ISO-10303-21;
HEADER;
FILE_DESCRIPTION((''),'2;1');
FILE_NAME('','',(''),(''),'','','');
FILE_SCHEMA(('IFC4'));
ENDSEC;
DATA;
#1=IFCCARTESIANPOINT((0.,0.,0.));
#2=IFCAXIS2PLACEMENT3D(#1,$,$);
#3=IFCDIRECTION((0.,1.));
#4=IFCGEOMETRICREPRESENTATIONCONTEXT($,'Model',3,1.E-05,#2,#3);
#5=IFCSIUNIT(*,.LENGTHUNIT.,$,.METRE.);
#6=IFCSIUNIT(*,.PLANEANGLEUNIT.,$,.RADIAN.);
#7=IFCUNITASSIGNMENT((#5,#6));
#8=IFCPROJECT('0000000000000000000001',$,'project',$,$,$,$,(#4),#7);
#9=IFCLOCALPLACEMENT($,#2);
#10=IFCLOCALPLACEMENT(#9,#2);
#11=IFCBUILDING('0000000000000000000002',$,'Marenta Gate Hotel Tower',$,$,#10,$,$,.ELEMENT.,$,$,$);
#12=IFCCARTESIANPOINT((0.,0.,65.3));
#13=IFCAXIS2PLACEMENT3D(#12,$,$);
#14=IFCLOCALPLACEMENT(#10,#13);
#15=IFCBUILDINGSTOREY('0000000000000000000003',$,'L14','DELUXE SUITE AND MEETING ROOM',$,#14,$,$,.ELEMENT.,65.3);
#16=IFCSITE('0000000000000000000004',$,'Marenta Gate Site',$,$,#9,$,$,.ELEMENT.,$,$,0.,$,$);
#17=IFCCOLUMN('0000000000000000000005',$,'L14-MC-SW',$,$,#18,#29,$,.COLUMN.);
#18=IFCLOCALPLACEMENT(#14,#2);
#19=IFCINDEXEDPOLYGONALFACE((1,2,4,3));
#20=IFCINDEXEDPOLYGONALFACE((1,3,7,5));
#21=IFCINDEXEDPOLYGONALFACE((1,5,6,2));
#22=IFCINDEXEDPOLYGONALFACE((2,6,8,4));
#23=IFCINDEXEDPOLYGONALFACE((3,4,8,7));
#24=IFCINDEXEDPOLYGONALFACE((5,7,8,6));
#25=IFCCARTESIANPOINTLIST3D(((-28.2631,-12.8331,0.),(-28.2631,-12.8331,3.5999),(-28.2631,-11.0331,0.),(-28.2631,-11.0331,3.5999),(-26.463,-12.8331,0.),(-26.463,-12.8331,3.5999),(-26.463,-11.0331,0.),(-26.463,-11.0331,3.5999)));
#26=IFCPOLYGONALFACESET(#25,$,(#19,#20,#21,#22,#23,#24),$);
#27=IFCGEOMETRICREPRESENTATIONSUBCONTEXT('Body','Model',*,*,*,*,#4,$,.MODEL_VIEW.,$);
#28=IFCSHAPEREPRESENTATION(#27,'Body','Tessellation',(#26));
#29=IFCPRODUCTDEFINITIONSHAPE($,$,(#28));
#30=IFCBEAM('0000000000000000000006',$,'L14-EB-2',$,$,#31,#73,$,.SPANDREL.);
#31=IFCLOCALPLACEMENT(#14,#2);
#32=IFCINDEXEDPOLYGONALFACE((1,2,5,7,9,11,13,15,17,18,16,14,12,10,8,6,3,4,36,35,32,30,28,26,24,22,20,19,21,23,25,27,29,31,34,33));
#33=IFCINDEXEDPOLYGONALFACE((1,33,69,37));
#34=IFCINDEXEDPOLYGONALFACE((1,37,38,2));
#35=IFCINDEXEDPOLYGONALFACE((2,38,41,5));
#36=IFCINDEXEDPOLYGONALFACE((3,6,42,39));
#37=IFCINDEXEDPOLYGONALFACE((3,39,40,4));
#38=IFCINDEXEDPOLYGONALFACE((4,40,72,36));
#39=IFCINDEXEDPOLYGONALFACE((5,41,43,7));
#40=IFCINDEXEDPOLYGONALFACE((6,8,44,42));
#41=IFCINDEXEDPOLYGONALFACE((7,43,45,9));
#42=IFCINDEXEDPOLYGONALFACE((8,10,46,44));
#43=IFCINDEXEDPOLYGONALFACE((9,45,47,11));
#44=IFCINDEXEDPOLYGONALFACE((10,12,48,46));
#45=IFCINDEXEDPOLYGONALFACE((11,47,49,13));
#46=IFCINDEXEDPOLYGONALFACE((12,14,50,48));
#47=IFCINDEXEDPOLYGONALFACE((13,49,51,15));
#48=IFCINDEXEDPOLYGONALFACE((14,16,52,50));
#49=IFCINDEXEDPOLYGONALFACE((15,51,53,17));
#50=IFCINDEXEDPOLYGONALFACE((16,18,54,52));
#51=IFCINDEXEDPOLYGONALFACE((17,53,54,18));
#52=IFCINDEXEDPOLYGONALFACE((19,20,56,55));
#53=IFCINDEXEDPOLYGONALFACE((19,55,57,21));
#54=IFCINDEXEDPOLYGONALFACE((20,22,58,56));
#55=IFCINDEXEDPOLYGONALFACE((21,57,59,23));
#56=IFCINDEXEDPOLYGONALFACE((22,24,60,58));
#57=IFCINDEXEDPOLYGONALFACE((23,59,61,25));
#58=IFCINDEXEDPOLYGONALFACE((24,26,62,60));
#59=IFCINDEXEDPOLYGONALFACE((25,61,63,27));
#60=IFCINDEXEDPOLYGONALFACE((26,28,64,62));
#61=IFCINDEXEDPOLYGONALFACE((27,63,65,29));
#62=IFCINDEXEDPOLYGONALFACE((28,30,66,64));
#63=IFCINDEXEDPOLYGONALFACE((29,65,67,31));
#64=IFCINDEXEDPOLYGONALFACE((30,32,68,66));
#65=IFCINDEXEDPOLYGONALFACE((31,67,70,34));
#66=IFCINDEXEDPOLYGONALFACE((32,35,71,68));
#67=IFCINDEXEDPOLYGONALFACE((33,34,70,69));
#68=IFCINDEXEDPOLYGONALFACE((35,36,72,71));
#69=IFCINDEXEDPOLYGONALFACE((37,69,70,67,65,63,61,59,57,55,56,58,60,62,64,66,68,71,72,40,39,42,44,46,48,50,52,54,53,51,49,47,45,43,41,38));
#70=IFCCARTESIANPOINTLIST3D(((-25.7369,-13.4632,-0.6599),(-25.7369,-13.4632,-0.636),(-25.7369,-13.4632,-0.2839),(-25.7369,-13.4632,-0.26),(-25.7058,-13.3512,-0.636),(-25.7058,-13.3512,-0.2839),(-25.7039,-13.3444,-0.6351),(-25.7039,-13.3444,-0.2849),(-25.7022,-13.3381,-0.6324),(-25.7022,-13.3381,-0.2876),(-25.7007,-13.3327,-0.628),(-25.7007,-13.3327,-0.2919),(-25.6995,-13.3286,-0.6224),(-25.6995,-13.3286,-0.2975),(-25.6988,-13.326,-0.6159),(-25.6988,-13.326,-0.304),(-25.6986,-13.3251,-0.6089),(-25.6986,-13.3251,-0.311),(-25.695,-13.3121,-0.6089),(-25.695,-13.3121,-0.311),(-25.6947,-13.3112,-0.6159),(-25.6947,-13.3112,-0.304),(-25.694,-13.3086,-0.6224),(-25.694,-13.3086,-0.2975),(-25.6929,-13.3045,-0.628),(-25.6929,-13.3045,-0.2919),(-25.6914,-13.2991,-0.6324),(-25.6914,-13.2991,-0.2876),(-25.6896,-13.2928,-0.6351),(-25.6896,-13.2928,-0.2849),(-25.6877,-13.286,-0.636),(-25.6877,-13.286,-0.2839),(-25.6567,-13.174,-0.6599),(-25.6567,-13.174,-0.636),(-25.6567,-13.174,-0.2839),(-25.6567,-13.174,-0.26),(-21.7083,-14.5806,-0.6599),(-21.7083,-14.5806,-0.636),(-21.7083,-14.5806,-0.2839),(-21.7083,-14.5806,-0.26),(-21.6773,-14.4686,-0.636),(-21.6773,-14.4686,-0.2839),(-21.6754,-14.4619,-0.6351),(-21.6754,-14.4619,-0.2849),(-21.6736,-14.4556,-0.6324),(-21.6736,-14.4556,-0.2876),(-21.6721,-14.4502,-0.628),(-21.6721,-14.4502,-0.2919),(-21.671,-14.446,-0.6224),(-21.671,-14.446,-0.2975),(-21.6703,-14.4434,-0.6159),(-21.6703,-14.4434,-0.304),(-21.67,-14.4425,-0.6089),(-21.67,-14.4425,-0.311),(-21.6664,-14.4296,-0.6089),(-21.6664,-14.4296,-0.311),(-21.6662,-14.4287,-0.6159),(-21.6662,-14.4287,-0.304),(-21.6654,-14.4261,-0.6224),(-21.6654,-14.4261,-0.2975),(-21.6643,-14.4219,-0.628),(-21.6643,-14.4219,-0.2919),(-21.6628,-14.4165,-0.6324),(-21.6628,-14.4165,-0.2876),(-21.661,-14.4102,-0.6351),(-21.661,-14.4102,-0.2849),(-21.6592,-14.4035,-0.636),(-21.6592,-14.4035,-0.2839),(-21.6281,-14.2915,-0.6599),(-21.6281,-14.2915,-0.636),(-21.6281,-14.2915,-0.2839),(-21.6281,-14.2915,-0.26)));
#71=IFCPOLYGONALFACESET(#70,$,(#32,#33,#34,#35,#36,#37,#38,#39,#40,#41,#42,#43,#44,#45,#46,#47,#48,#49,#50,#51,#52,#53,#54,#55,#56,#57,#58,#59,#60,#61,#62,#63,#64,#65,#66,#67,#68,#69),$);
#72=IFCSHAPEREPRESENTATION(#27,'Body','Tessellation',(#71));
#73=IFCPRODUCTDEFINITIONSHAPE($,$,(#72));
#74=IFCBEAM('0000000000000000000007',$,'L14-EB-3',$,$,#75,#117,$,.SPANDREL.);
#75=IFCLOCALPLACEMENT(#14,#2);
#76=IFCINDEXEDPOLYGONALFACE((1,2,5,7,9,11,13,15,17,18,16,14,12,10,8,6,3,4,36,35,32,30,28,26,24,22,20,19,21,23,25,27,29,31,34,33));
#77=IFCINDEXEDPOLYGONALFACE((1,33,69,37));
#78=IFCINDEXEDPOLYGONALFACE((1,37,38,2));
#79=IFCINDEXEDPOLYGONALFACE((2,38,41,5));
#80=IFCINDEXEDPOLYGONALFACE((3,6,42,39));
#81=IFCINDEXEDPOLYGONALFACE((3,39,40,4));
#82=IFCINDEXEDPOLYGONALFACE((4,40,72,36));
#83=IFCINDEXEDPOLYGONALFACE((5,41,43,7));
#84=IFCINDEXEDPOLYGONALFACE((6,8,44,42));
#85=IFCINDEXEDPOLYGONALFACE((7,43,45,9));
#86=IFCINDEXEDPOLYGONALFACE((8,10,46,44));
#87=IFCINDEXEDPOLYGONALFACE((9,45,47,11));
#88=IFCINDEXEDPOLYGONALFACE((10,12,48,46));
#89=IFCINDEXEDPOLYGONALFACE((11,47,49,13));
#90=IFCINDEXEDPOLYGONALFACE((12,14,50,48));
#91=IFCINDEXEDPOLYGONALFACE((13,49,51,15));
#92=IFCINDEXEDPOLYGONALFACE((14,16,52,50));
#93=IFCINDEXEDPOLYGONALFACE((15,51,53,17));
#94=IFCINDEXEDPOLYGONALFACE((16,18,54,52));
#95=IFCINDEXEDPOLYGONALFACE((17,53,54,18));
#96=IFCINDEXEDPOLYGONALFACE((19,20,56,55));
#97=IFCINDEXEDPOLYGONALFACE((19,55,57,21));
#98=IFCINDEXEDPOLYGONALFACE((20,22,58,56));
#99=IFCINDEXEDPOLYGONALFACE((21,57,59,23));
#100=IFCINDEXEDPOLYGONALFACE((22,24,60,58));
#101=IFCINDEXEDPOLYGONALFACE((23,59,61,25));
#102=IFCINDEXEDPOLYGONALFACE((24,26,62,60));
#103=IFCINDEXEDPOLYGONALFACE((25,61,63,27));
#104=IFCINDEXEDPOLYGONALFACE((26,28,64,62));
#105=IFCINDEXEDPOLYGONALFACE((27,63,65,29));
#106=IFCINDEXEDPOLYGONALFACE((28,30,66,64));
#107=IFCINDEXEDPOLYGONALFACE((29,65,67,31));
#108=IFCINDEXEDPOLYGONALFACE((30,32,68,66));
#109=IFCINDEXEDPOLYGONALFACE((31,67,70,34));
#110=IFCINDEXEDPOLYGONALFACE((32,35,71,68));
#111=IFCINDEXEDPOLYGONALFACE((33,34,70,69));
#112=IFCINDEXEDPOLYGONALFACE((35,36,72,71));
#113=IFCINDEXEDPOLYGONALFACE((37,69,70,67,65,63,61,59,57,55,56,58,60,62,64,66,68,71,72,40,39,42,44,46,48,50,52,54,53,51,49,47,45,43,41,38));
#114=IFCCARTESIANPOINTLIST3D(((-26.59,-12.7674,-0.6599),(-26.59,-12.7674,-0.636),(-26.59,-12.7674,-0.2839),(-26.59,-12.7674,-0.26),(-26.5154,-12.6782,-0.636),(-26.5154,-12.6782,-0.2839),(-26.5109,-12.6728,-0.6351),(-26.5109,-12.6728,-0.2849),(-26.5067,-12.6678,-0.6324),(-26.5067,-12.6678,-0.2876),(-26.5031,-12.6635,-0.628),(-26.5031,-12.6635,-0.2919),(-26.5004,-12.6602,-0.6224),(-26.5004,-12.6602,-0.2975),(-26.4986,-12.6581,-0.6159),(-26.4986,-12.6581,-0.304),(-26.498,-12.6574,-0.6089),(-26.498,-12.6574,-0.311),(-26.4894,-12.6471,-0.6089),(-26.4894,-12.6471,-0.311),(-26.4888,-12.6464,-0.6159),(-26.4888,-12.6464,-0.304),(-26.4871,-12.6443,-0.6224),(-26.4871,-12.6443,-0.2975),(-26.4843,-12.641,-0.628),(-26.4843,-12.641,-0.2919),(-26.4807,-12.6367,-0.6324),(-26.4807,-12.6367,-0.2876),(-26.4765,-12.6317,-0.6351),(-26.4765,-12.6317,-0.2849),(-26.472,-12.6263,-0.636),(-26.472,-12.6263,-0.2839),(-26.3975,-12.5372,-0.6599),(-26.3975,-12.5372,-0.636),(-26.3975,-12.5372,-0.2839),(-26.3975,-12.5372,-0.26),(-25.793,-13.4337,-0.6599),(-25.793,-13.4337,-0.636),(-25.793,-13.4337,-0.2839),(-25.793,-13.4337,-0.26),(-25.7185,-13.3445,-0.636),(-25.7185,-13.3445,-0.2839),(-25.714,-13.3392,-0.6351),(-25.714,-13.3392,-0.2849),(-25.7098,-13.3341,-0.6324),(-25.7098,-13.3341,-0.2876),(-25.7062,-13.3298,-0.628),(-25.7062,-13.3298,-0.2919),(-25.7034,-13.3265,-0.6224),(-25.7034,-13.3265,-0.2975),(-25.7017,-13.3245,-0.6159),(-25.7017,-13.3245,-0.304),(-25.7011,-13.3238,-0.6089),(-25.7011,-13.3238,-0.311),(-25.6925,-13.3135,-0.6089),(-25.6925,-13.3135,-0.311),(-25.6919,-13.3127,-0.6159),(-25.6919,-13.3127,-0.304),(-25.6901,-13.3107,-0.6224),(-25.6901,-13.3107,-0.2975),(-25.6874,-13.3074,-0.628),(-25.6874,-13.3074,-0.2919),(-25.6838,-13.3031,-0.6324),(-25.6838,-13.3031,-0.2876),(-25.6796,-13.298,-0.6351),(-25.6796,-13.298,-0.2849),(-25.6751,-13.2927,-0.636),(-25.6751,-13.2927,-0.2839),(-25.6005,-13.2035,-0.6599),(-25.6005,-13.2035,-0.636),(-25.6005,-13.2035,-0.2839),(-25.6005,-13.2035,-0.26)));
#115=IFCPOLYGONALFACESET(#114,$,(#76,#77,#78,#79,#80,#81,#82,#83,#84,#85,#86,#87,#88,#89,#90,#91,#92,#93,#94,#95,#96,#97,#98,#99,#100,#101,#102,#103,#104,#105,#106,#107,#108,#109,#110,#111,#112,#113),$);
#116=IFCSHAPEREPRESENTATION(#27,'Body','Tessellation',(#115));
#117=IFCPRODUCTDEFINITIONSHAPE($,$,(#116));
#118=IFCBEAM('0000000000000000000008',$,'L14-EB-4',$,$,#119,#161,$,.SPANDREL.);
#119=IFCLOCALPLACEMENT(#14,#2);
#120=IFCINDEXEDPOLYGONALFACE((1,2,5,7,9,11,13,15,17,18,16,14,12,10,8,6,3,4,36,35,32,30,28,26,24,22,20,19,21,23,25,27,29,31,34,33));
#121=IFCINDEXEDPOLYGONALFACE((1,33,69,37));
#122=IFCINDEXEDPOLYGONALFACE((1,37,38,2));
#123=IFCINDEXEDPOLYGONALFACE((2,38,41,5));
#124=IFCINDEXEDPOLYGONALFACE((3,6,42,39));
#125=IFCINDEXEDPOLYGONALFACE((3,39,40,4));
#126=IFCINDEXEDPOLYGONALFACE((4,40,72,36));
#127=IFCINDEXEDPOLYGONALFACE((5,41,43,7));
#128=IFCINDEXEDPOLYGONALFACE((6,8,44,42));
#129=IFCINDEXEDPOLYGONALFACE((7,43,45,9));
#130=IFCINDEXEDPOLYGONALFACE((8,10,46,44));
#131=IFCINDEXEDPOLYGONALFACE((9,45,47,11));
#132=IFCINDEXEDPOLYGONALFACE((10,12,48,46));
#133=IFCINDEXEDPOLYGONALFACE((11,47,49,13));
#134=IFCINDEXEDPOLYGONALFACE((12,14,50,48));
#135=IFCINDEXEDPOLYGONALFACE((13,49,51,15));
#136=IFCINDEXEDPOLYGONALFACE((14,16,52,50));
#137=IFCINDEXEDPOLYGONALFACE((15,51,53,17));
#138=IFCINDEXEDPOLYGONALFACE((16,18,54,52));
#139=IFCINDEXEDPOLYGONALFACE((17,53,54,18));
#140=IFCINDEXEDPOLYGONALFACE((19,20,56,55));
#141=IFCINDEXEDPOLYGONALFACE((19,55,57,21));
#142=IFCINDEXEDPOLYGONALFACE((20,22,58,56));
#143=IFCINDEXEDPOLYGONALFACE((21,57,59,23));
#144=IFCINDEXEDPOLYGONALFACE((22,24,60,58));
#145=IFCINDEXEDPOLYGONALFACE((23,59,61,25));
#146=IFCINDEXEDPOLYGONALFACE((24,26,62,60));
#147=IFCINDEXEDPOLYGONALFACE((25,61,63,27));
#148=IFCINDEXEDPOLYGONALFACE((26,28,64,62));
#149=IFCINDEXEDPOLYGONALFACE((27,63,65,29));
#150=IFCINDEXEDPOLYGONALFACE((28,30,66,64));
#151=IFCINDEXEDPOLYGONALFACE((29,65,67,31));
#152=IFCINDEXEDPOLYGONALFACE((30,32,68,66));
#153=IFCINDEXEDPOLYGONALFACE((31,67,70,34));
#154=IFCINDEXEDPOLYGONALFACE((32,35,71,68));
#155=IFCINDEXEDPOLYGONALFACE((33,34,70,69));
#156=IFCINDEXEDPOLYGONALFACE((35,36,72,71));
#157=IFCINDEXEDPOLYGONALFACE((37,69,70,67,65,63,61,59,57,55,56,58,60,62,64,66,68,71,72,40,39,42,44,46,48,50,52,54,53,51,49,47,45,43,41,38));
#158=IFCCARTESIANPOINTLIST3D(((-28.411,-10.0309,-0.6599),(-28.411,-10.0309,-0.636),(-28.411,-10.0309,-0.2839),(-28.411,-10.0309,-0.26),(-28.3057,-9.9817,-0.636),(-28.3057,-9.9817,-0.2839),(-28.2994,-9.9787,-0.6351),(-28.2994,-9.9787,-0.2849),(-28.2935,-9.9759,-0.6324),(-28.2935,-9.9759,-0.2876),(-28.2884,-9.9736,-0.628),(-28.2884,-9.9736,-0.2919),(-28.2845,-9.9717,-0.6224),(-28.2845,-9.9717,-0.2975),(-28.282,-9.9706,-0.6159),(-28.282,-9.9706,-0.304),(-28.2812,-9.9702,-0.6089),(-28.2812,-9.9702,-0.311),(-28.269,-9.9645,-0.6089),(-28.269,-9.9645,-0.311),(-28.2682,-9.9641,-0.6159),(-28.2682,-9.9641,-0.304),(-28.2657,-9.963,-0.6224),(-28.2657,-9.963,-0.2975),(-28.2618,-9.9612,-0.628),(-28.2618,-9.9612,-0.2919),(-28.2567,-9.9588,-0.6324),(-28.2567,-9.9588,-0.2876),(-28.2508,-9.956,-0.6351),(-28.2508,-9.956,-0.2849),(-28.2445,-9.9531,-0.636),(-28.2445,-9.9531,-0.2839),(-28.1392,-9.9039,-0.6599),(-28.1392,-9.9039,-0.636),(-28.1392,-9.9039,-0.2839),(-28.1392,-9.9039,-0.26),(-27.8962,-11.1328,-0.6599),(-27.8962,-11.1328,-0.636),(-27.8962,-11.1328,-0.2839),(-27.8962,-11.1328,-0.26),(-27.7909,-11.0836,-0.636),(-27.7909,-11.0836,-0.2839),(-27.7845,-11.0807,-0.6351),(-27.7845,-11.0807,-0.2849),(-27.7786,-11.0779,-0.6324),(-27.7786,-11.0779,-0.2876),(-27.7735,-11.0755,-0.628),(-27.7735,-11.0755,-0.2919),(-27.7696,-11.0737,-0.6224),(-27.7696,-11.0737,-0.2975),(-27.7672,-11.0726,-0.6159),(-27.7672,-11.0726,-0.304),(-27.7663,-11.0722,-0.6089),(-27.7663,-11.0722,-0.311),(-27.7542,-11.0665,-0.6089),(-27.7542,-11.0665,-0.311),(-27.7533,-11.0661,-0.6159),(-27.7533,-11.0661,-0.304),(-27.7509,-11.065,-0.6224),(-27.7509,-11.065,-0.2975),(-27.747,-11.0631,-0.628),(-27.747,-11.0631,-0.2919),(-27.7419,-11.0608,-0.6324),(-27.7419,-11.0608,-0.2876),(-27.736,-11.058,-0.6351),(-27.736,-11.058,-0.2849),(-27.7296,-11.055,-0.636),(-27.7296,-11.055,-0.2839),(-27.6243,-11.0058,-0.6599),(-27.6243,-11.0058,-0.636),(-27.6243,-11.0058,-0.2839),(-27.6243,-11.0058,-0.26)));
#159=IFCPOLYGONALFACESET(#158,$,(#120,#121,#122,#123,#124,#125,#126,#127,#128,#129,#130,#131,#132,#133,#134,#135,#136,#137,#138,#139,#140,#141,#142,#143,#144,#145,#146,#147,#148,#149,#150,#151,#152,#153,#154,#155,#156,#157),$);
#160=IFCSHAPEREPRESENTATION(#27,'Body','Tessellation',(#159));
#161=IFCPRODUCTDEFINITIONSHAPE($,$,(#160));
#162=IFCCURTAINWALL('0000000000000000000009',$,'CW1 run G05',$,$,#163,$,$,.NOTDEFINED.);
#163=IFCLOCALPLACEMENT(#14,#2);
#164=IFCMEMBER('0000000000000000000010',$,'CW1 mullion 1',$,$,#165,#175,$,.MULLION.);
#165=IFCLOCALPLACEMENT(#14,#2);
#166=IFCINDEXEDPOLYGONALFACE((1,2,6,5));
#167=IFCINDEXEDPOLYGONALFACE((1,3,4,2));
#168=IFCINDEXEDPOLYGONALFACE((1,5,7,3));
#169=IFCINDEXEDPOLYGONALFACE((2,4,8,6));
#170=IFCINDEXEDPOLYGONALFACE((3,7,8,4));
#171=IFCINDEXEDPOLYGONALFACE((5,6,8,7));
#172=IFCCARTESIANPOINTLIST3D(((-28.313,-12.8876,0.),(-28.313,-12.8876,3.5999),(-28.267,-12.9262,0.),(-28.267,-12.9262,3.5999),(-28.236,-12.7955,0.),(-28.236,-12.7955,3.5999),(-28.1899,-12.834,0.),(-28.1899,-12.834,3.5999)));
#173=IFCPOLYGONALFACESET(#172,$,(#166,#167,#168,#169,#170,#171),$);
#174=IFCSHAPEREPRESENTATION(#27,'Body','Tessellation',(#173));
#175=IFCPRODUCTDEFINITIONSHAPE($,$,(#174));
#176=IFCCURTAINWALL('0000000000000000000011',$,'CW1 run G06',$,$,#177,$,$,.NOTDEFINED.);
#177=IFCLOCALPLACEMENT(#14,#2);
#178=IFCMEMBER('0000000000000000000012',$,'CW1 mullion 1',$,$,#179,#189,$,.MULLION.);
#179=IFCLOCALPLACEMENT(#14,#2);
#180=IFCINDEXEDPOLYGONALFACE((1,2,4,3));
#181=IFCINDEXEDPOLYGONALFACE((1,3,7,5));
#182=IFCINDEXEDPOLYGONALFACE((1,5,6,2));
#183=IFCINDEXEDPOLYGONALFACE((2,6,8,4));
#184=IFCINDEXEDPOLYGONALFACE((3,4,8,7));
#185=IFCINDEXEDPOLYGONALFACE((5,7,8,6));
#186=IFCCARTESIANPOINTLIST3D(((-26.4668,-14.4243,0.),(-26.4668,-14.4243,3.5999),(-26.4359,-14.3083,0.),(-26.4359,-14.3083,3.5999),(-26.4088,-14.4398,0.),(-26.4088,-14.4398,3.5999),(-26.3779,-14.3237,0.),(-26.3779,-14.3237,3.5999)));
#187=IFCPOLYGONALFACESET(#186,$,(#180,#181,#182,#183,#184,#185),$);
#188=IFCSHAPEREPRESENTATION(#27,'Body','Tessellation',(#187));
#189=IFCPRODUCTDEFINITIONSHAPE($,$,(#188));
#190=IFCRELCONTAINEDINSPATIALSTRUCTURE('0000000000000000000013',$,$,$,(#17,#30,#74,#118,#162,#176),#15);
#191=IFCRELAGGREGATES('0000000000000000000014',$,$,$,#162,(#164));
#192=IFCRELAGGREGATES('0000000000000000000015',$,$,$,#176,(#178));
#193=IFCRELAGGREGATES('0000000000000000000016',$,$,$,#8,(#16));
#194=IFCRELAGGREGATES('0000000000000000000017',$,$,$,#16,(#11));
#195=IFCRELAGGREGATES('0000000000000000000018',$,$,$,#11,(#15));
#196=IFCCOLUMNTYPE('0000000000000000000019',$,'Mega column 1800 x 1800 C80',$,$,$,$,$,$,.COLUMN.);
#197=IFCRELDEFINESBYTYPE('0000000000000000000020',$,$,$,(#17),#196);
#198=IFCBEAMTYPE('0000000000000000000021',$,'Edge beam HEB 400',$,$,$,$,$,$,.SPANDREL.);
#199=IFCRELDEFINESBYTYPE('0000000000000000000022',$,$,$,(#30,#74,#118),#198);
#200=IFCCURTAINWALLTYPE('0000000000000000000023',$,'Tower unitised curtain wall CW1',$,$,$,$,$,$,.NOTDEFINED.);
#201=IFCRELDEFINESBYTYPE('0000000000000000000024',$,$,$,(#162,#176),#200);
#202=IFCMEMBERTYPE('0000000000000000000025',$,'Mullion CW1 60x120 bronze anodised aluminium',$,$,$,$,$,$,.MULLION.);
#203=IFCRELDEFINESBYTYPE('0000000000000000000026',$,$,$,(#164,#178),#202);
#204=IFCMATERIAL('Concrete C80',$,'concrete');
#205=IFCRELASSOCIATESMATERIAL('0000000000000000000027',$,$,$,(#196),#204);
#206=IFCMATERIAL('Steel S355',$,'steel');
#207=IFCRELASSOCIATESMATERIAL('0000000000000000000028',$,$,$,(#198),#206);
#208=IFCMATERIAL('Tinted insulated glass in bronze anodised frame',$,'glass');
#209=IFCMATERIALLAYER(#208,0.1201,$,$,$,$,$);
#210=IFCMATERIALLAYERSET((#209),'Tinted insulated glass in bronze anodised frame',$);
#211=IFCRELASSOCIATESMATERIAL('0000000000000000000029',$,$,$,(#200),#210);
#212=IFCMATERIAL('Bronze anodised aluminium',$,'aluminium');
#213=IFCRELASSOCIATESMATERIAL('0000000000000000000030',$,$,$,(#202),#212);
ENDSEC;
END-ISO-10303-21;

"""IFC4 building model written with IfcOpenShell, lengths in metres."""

from ifc_helpers import new_model, si_unit, direction, frame, origin, origin_2d, place, context, subcontext, project, spatial, rectangle, i_section, extrude, material, layer, layer_set, material_profile, profile_set, type_object, element, aggregate, save


model = new_model("IFC4")

# Units and contexts
model_context = context("Model", 3, precision=1e-05, world=origin(), true_north=direction((0.0, 1.0)))
body_context = subcontext(model_context, "Body", "Model", "MODEL_VIEW")
ifc_project = project(units=[si_unit("LENGTHUNIT", "METRE"), si_unit("PLANEANGLEUNIT", "RADIAN")], contexts=[model_context])

# Site, building, storey
site_placement = place(None, origin())
site = spatial("IfcSite", under=ifc_project, at=site_placement, Name="Marenta Gate Site", CompositionType="ELEMENT", RefElevation=0.0)
building_placement = place(site_placement, origin())
building = spatial("IfcBuilding", under=site, at=building_placement, Name="Marenta Gate Hotel Tower", CompositionType="ELEMENT")
storey_placement = place(building_placement, frame((0.0, 0.0, 65.3)))
storey = spatial("IfcBuildingStorey", under=building, at=storey_placement, Name="L14", Description="DELUXE SUITE AND MEETING ROOM", CompositionType="ELEMENT", Elevation=65.3)

# Column
ifc_material_1 = material(Name="Concrete C80", Category="concrete")
ifc_material_profile_1 = material_profile(ifc_material_1, rectangle(XDim=1.8, YDim=1.8, at=origin_2d()), Name="1800 x 1800")
ifc_profile_set_1 = profile_set([ifc_material_profile_1], Name="Concrete C80")
column_type = type_object("IfcColumnType", Name="Mega column 1800 x 1800 C80", PredefinedType="COLUMN", material=ifc_profile_set_1)
column_placement = place(storey_placement, frame((-27.363, -11.9331, 0.0), z_axis=(0.0, 0.0, 1.0), x_axis=(1.0, 0.0, 0.0)))
element("IfcColumn", 1, at=column_placement, inside=storey, type_object=column_type, Name="L14-MC-SW", PredefinedType="COLUMN", context=body_context, shape_type="SweptSolid", body=[
    extrude(rectangle(XDim=1.8, YDim=1.8, at=origin_2d()), origin(), (0.0, 0.0, 1.0), 3.5999),
])

# Beams
ifc_material_2 = material(Name="Steel S355", Category="steel")
ifc_material_profile_2 = material_profile(ifc_material_2, i_section(OverallWidth=0.3, OverallDepth=0.3999, WebThickness=0.0134, FlangeThickness=0.0239, FilletRadius=0.0271, at=origin_2d()), Name="HEB 400")
ifc_profile_set_2 = profile_set([ifc_material_profile_2], Name="Steel S355")
beam_type = type_object("IfcBeamType", Name="Edge beam HEB 400", PredefinedType="SPANDREL", material=ifc_profile_set_2)
beam_1_placement = place(storey_placement, frame((-21.6682, -14.436, -0.46), z_axis=(-0.963617, 0.267285, 0.0), x_axis=(-0.267285, -0.963617, 0.0)))
element("IfcBeam", 2, at=beam_1_placement, inside=storey, type_object=beam_type, Name="L14-EB-2", PredefinedType="SPANDREL", context=body_context, shape_type="SweptSolid", body=[
    extrude(i_section(OverallWidth=0.3, OverallDepth=0.3999, WebThickness=0.0134, FlangeThickness=0.0239, FilletRadius=0.0271, at=origin_2d()), origin(), (0.0, 0.0, 1.0), 4.1807),
])
beam_2_placement = place(storey_placement, frame((-25.6968, -13.3186, -0.46), z_axis=(-0.76718, 0.641432, 0.0), x_axis=(-0.641432, -0.76718, 0.0)))
element("IfcBeam", 3, at=beam_2_placement, inside=storey, type_object=beam_type, Name="L14-EB-3", PredefinedType="SPANDREL", context=body_context, shape_type="SweptSolid", body=[
    extrude(i_section(OverallWidth=0.3, OverallDepth=0.3999, WebThickness=0.0134, FlangeThickness=0.0239, FilletRadius=0.0271, at=origin_2d()), origin(), (0.0, 0.0, 1.0), 1.0388),
])
beam_3_placement = place(storey_placement, frame((-27.7603, -11.0693, -0.46), z_axis=(-0.423292, 0.905993, 0.0), x_axis=(-0.905993, -0.423292, 0.0)))
element("IfcBeam", 4, at=beam_3_placement, inside=storey, type_object=beam_type, Name="L14-EB-4", PredefinedType="SPANDREL", context=body_context, shape_type="SweptSolid", body=[
    extrude(i_section(OverallWidth=0.3, OverallDepth=0.3999, WebThickness=0.0134, FlangeThickness=0.0239, FilletRadius=0.0271, at=origin_2d()), origin(), (0.0, 0.0, 1.0), 1.2163),
])

# Curtain walls, members
ifc_material_3 = material(Name="Tinted insulated glass in bronze anodised frame", Category="glass")
ifc_layer_1 = layer(ifc_material_3, 0.1201)
ifc_layer_set_1 = layer_set([ifc_layer_1], Name="Tinted insulated glass in bronze anodised frame")
curtain_wall_type = type_object("IfcCurtainWallType", Name="Tower unitised curtain wall CW1", PredefinedType="NOTDEFINED", material=ifc_layer_set_1)
curtain_wall_1_placement = place(storey_placement, origin())
curtain_wall_1 = element("IfcCurtainWall", 5, at=curtain_wall_1_placement, inside=storey, type_object=curtain_wall_type, Name="CW1 run G05", PredefinedType="NOTDEFINED")
ifc_material_4 = material(Name="Bronze anodised aluminium", Category="aluminium")
ifc_material_profile_3 = material_profile(ifc_material_4, rectangle(XDim=0.1201, YDim=0.0601, at=origin_2d()), Name="Mullion CW1 60x120 bronze anodised aluminium")
ifc_profile_set_3 = profile_set([ifc_material_profile_3], Name="Bronze anodised aluminium")
member_type_1 = type_object("IfcMemberType", Name="Mullion CW1 60x120 bronze anodised aluminium", PredefinedType="MULLION", material=ifc_profile_set_3)
member_1_placement = place(storey_placement, frame((-28.2515, -12.8608, 0.0), z_axis=(0.0, 0.0, 1.0), x_axis=(0.641512, 0.767113, 0.0)))
member_1 = element("IfcMember", 6, at=member_1_placement, type_object=member_type_1, Name="CW1 mullion 1", PredefinedType="MULLION", context=body_context, shape_type="SweptSolid", body=[
    extrude(rectangle(XDim=0.1201, YDim=0.0601, at=origin_2d()), origin(), (0.0, 0.0, 1.0), 3.5999),
])
curtain_wall_2_placement = place(storey_placement, origin())
curtain_wall_2 = element("IfcCurtainWall", 7, at=curtain_wall_2_placement, inside=storey, type_object=curtain_wall_type, Name="CW1 run G06", PredefinedType="NOTDEFINED")
member_2_placement = place(storey_placement, frame((-26.4224, -14.374, 0.0), z_axis=(0.0, 0.0, 1.0), x_axis=(0.257142, 0.966374, 0.0)))
member_2 = element("IfcMember", 8, at=member_2_placement, type_object=member_type_1, Name="CW1 mullion 1", PredefinedType="MULLION", context=body_context, shape_type="SweptSolid", body=[
    extrude(rectangle(XDim=0.1201, YDim=0.0601, at=origin_2d()), origin(), (0.0, 0.0, 1.0), 3.5999),
])

aggregate(curtain_wall_1, [member_1])
aggregate(curtain_wall_2, [member_2])

save(model, "model.ifc")
